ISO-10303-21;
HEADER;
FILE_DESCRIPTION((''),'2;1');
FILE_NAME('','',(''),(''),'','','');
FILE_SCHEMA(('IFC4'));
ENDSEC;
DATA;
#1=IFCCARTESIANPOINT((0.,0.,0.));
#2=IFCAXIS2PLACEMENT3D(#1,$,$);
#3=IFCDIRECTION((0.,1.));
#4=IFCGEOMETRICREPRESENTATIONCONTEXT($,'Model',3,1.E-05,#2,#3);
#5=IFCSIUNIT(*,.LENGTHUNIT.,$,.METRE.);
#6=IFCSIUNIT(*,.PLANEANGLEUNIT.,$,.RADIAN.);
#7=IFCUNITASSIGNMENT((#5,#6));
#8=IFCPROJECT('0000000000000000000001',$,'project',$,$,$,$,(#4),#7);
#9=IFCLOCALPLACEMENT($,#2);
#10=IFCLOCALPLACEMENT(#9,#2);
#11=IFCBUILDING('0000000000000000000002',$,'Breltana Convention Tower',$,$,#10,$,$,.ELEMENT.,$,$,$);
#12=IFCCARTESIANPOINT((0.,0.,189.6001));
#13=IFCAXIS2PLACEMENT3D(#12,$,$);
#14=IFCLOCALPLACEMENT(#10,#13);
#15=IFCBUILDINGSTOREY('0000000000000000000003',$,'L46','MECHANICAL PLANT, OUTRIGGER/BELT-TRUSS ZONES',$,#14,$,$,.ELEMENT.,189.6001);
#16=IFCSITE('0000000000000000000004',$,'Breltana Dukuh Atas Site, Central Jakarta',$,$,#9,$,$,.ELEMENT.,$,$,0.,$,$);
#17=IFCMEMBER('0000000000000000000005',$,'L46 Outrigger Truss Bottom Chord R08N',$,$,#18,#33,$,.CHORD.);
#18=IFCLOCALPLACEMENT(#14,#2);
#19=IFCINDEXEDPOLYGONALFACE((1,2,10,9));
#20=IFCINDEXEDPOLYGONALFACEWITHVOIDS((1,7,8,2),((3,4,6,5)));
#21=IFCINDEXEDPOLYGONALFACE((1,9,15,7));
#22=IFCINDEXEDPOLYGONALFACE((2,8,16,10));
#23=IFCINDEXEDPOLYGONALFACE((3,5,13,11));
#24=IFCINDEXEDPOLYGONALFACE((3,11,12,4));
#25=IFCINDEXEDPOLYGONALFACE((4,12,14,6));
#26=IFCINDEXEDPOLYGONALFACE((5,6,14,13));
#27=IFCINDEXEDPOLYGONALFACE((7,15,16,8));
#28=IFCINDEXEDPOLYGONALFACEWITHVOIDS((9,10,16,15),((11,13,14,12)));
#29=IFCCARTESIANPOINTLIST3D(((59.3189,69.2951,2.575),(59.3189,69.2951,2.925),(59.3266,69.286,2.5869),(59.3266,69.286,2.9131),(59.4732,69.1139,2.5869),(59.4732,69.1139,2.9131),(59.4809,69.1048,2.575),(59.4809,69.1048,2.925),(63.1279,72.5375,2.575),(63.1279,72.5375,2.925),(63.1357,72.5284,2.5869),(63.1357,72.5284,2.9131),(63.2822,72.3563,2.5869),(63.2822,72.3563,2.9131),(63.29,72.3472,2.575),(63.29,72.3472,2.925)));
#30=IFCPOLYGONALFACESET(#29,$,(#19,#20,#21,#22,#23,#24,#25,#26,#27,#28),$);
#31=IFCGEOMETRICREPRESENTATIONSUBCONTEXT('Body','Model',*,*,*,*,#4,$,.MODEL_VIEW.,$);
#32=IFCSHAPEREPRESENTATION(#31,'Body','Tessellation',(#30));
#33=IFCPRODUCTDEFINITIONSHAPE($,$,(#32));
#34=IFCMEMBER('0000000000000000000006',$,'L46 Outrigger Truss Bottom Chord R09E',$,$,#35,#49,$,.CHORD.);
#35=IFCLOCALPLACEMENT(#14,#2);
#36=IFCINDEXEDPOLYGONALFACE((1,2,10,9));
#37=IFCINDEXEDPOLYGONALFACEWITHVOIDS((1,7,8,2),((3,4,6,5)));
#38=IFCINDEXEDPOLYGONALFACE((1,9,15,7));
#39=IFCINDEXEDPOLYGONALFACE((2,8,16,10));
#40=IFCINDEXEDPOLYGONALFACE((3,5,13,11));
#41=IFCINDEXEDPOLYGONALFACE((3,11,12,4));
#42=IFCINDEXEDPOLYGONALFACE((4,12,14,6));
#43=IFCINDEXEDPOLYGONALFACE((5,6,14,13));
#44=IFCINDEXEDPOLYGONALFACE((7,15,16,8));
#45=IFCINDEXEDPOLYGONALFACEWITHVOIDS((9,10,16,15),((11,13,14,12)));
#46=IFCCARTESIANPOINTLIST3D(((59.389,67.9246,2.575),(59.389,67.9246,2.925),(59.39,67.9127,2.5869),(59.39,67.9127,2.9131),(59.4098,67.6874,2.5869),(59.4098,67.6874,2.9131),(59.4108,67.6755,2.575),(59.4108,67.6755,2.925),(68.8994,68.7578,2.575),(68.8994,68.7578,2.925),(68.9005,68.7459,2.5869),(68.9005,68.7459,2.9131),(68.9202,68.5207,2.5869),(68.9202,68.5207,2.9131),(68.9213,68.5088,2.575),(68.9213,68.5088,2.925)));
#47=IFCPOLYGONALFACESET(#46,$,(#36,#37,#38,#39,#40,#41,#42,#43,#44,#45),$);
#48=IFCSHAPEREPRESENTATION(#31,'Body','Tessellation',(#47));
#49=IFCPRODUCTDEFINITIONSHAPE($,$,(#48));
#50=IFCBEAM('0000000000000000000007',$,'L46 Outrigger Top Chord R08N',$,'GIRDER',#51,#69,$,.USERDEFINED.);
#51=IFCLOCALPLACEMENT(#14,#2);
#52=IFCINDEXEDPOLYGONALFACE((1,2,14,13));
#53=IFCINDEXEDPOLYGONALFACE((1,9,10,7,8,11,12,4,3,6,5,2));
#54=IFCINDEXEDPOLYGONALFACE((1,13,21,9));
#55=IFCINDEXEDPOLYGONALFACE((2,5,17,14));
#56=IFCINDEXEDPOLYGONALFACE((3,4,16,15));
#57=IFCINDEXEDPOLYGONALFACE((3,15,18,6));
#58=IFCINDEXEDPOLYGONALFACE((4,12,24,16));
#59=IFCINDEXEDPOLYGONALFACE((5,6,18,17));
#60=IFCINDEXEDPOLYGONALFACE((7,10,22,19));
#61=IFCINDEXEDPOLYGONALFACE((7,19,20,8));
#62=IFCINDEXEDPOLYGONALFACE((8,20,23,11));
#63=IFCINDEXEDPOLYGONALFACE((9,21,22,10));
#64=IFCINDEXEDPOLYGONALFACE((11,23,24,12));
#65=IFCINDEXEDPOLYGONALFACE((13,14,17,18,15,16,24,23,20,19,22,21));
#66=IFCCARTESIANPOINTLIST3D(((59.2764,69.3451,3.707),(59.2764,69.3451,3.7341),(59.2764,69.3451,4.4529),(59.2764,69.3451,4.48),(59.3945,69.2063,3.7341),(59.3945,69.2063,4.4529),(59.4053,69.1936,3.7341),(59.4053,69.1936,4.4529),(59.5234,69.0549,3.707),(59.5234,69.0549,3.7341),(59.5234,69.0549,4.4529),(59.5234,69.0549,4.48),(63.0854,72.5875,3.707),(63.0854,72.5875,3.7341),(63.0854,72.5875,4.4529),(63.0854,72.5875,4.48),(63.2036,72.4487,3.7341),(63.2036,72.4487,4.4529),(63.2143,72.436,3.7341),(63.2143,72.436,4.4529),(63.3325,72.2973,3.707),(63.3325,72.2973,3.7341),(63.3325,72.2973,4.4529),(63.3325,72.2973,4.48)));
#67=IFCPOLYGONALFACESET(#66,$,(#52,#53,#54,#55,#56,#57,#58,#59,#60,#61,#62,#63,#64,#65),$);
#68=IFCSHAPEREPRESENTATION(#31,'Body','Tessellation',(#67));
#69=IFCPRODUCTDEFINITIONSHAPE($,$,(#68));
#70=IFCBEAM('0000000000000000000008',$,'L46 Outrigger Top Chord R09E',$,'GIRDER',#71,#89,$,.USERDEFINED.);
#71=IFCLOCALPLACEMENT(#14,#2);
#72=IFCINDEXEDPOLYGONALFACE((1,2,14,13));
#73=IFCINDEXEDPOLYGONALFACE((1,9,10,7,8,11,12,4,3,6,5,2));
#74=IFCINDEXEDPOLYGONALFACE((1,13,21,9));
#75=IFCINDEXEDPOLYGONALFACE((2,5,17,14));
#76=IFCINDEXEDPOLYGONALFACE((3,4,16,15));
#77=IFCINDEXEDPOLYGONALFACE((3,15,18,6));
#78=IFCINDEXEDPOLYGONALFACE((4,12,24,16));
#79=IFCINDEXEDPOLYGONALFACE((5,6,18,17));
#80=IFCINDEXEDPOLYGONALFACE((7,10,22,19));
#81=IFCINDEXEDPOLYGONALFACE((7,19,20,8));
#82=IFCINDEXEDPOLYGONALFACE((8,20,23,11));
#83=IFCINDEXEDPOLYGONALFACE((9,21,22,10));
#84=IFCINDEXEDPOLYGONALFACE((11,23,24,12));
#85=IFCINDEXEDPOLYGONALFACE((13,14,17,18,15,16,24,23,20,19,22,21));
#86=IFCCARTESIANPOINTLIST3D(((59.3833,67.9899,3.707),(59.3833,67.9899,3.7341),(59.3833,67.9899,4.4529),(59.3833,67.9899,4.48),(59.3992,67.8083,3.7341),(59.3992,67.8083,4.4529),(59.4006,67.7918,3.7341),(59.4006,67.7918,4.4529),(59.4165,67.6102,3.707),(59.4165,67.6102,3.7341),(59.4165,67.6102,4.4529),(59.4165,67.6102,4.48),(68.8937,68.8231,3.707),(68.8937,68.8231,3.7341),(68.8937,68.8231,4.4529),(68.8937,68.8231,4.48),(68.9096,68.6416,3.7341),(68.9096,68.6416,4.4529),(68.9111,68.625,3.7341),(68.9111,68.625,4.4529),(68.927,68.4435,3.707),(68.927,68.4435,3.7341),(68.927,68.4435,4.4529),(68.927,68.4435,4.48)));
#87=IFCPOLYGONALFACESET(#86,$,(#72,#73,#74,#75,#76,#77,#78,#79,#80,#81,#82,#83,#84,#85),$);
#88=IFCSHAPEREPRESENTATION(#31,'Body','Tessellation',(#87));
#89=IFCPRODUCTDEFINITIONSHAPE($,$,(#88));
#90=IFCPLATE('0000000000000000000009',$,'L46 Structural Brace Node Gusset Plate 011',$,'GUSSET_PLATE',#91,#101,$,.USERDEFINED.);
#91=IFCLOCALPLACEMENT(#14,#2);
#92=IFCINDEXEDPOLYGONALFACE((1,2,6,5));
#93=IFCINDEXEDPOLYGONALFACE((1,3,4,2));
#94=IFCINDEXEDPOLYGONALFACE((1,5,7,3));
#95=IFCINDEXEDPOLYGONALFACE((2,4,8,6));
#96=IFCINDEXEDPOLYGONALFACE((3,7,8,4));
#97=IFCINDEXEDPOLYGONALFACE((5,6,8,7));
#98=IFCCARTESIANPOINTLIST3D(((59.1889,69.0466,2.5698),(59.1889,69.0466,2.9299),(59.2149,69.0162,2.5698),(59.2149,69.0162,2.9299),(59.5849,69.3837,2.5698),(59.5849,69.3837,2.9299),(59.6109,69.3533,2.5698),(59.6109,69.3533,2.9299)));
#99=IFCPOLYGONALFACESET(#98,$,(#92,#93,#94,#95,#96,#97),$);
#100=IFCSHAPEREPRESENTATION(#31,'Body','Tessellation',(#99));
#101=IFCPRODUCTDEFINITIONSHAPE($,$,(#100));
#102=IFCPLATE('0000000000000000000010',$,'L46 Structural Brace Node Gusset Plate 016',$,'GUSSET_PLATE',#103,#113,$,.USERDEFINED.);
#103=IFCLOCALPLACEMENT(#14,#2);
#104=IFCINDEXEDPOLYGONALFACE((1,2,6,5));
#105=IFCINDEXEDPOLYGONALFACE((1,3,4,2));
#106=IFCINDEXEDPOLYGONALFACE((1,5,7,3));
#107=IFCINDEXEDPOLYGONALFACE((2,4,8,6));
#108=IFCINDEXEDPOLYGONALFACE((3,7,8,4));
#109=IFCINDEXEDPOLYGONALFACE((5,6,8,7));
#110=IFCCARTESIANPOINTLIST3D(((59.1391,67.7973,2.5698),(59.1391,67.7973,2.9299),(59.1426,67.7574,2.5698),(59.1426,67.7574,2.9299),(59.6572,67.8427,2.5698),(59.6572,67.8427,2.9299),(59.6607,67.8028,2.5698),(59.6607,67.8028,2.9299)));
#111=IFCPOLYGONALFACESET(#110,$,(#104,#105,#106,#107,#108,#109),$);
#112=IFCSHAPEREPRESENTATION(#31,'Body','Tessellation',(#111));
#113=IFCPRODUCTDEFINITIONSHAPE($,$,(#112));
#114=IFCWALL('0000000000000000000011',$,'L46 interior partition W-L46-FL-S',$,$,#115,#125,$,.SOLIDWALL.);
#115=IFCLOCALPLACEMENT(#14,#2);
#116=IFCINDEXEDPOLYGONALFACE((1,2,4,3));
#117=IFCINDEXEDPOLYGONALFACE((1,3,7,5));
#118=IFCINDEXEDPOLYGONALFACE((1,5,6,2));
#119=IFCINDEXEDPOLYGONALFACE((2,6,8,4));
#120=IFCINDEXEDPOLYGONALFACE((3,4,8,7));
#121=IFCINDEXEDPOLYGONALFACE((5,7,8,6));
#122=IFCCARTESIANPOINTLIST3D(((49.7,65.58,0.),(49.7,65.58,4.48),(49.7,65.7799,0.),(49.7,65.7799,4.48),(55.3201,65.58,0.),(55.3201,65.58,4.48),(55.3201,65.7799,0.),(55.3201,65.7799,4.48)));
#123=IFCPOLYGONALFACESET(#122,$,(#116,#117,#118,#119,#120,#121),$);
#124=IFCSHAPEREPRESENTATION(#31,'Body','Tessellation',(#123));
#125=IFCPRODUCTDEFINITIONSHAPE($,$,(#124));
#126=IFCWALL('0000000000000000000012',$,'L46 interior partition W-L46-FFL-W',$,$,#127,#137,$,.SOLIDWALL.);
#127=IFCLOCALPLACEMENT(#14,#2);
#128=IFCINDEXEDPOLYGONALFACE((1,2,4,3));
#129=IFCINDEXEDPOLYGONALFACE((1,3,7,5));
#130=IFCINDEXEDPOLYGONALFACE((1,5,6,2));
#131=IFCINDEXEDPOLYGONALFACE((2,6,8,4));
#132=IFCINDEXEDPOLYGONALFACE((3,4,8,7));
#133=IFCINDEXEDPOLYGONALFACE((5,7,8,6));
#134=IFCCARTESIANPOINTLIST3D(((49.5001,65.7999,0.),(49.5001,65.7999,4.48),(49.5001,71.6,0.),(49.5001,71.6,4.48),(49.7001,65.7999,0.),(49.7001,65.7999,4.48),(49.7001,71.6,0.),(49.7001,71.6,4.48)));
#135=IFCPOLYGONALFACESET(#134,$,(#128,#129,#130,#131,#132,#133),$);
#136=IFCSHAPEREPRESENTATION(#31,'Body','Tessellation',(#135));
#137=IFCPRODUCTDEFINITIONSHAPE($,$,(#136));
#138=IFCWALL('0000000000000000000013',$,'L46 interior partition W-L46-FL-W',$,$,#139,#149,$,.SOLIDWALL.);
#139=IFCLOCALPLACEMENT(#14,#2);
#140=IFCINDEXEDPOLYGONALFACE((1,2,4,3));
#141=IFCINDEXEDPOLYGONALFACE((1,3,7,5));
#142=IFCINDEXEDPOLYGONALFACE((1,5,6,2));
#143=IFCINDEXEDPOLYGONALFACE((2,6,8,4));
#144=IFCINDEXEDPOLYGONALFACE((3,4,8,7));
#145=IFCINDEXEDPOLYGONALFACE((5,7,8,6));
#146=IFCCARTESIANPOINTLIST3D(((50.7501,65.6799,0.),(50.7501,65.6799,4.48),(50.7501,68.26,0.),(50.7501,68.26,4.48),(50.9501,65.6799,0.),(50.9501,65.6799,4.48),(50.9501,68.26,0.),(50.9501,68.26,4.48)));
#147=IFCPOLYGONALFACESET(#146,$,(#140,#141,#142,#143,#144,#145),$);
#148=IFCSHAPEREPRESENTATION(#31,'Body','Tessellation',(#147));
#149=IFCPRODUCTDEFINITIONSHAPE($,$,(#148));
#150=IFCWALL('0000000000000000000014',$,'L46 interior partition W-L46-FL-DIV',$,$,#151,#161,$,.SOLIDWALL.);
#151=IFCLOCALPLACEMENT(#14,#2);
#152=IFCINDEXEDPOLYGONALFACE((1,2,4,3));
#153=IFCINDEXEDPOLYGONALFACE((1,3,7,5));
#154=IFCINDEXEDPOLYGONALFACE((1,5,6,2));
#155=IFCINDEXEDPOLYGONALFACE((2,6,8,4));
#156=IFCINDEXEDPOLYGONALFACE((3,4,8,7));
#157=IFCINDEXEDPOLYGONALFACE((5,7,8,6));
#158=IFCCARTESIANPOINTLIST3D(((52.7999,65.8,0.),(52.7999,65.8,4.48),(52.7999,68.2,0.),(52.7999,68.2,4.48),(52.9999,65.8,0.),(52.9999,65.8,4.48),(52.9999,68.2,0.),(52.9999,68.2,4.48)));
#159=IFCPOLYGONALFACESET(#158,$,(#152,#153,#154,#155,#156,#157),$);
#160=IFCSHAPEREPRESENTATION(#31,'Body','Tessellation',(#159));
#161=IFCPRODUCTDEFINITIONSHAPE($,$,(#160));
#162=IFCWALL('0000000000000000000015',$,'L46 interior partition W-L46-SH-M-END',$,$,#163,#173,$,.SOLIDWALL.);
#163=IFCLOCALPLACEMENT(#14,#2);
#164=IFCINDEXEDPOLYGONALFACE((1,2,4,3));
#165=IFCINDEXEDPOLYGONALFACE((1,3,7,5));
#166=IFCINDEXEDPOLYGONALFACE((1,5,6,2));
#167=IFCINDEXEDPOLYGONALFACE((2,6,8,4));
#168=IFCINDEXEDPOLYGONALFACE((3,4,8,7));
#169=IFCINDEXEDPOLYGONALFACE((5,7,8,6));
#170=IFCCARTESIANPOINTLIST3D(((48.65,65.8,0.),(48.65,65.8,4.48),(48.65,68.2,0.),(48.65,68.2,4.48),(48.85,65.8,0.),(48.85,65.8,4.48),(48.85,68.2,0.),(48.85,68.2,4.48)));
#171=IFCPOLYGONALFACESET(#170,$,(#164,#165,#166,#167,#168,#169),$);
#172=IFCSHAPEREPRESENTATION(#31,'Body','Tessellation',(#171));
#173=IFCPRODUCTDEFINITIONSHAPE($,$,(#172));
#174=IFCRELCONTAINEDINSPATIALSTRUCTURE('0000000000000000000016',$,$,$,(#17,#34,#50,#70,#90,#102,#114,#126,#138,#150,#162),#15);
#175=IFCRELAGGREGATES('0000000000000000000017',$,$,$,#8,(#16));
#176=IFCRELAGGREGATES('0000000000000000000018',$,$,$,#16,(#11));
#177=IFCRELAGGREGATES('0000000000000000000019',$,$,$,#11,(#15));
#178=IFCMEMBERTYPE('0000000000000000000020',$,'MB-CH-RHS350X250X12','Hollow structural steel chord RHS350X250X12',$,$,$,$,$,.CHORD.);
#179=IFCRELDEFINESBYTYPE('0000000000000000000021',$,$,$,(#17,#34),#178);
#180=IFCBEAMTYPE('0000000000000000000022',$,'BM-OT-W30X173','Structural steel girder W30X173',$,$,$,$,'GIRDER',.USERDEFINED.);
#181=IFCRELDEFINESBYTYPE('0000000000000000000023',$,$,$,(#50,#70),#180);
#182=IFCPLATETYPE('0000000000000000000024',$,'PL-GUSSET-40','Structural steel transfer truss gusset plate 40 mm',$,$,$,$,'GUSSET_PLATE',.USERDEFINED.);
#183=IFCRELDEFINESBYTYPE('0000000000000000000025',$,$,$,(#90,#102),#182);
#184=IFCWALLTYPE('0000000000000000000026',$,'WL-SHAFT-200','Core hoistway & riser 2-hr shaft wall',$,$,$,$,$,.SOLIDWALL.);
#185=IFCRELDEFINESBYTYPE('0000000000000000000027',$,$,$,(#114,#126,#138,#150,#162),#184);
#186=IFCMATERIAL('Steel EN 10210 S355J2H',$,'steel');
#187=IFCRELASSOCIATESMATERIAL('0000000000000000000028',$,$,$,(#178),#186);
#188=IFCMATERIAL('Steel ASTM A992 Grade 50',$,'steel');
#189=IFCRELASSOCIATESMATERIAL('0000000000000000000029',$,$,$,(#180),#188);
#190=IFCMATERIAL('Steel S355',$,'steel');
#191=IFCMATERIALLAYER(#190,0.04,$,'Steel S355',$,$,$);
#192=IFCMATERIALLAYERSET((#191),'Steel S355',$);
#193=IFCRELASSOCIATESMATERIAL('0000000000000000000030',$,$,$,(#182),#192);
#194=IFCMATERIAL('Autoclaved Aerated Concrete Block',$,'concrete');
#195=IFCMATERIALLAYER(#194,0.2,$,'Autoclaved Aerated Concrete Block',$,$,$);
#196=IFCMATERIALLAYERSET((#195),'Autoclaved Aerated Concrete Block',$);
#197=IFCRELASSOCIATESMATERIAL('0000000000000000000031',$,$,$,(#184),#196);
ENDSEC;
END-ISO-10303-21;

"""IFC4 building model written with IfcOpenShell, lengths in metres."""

from ifc_helpers import new_model, si_unit, direction, frame, frame_2d, origin, origin_2d, place, context, subcontext, project, spatial, rectangle, hollow_rectangle, i_section, extrude, source, transform, mapped, material, layer, layer_set, material_profile, profile_set, type_object, element, save


model = new_model("IFC4")

# Units and contexts
model_context = context("Model", 3, precision=1e-05, world=origin(), true_north=direction((0.0, 1.0)))
body_context = subcontext(model_context, "Body", "Model", "MODEL_VIEW")
ifc_project = project(units=[si_unit("LENGTHUNIT", "METRE"), si_unit("PLANEANGLEUNIT", "RADIAN")], contexts=[model_context])

# Site, building, storey
site_placement = place(None, origin())
site = spatial("IfcSite", under=ifc_project, at=site_placement, Name="Breltana Dukuh Atas Site, Central Jakarta", CompositionType="ELEMENT", RefElevation=0.0)
building_placement = place(site_placement, origin())
building = spatial("IfcBuilding", under=site, at=building_placement, Name="Breltana Convention Tower", CompositionType="ELEMENT")
storey_placement = place(building_placement, frame((0.0, 0.0, 189.6001)))
storey = spatial("IfcBuildingStorey", under=building, at=storey_placement, Name="L46", Description="MECHANICAL PLANT, OUTRIGGER/BELT-TRUSS ZONES", CompositionType="ELEMENT", Elevation=189.6001)

# Members
ifc_material_1 = material(Name="Steel EN 10210 S355J2H", Category="steel")
ifc_material_profile_1 = material_profile(ifc_material_1, hollow_rectangle(XDim=0.25, YDim=0.3501, WallThickness=0.012, at=origin_2d()), Name="RHS350X250X12")
ifc_profile_set_1 = profile_set([ifc_material_profile_1], Name="Steel EN 10210 S355J2H")
member_type = type_object("IfcMemberType", Name="MB-CH-RHS350X250X12", Description="Hollow structural steel chord RHS350X250X12", PredefinedType="CHORD", material=ifc_profile_set_1)
shared_shape_1 = source(origin(), body_context, "Body", "SweptSolid", [
    extrude(hollow_rectangle(XDim=0.25, YDim=0.3501, WallThickness=0.012, at=origin_2d()), origin(), (0.0, 0.0, 1.0), 5.0022),
])
member_1_placement = place(storey_placement, frame((59.3999, 69.2, 2.75), z_axis=(0.761474, 0.648195, 0.0), x_axis=(-0.648195, 0.761474, 0.0)))
element("IfcMember", 1, at=member_1_placement, inside=storey, type_object=member_type, Name="L46 Outrigger Truss Bottom Chord R08N", PredefinedType="CHORD", context=body_context, shape_type="MappedRepresentation", body=[
    mapped(shared_shape_1, transform((0.0, 0.0, 0.0), scale=1.0)),
])
shared_shape_2 = source(origin(), body_context, "Body", "SweptSolid", [
    extrude(hollow_rectangle(XDim=0.25, YDim=0.3501, WallThickness=0.012, at=origin_2d()), origin(), (0.0, 0.0, 1.0), 9.5469),
])
member_2_placement = place(storey_placement, frame((59.3999, 67.8, 2.75), z_axis=(0.996184, 0.08728, 0.0), x_axis=(-0.08728, 0.996184, 0.0)))
element("IfcMember", 2, at=member_2_placement, inside=storey, type_object=member_type, Name="L46 Outrigger Truss Bottom Chord R09E", PredefinedType="CHORD", context=body_context, shape_type="MappedRepresentation", body=[
    mapped(shared_shape_2, transform((0.0, 0.0, 0.0), scale=1.0)),
])

# Beams
ifc_material_2 = material(Name="Steel ASTM A992 Grade 50", Category="steel")
ifc_material_profile_2 = material_profile(ifc_material_2, i_section(OverallWidth=0.3811, OverallDepth=0.7729, WebThickness=0.0166, FlangeThickness=0.0271, at=origin_2d()), Name="W30X173")
ifc_profile_set_2 = profile_set([ifc_material_profile_2], Name="Steel ASTM A992 Grade 50")
beam_type = type_object("IfcBeamType", Name="BM-OT-W30X173", Description="Structural steel girder W30X173", ElementType="GIRDER", PredefinedType="USERDEFINED", material=ifc_profile_set_2)
shared_shape_3 = source(origin(), body_context, "Body", "SweptSolid", [
    extrude(i_section(OverallWidth=0.3811, OverallDepth=0.7729, WebThickness=0.0166, FlangeThickness=0.0271, at=origin_2d()), origin(), (0.0, 0.0, 1.0), 5.0022),
])
beam_1_placement = place(storey_placement, frame((59.3999, 69.2, 4.0935), z_axis=(0.761474, 0.648195, 0.0), x_axis=(-0.648195, 0.761474, 0.0)))
element("IfcBeam", 3, at=beam_1_placement, inside=storey, type_object=beam_type, Name="L46 Outrigger Top Chord R08N", ObjectType="GIRDER", PredefinedType="USERDEFINED", context=body_context, shape_type="MappedRepresentation", body=[
    mapped(shared_shape_3, transform((0.0, 0.0, 0.0), scale=1.0)),
])
shared_shape_4 = source(origin(), body_context, "Body", "SweptSolid", [
    extrude(i_section(OverallWidth=0.3811, OverallDepth=0.7729, WebThickness=0.0166, FlangeThickness=0.0271, at=origin_2d()), origin(), (0.0, 0.0, 1.0), 9.5469),
])
beam_2_placement = place(storey_placement, frame((59.3999, 67.8, 4.0935), z_axis=(0.996184, 0.08728, 0.0), x_axis=(-0.08728, 0.996184, 0.0)))
element("IfcBeam", 4, at=beam_2_placement, inside=storey, type_object=beam_type, Name="L46 Outrigger Top Chord R09E", ObjectType="GIRDER", PredefinedType="USERDEFINED", context=body_context, shape_type="MappedRepresentation", body=[
    mapped(shared_shape_4, transform((0.0, 0.0, 0.0), scale=1.0)),
])

# Plates
ifc_material_3 = material(Name="Steel S355", Category="steel")
ifc_layer_1 = layer(ifc_material_3, 0.04, Name="Steel S355")
ifc_layer_set_1 = layer_set([ifc_layer_1], Name="Steel S355")
plate_type = type_object("IfcPlateType", Name="PL-GUSSET-40", Description="Structural steel transfer truss gusset plate 40 mm", ElementType="GUSSET_PLATE", PredefinedType="USERDEFINED", material=ifc_layer_set_1)
shared_shape_5 = source(origin(), body_context, "Body", "SweptSolid", [
    extrude(rectangle(XDim=0.52, YDim=0.04, at=origin_2d()), origin(), (0.0, 0.0, 1.0), 0.3601),
])
for number, where, z_axis, x_axis, name in (
    (5, (59.3999, 69.2, 2.5698), (0.0, 0.0, 1.0), (0.761425, 0.648253, 0.0), "L46 Structural Brace Node Gusset Plate 011"),
    (6, (59.3999, 67.8, 2.5698), (0.0, 0.0, 1.0), (0.996179, 0.08733, 0.0), "L46 Structural Brace Node Gusset Plate 016"),
):
    element("IfcPlate", number, at=place(storey_placement, frame(where, z_axis=z_axis, x_axis=x_axis)), inside=storey, type_object=plate_type, Name=name, ObjectType="GUSSET_PLATE", PredefinedType="USERDEFINED", context=body_context, shape_type="MappedRepresentation", body=[
        mapped(shared_shape_5, transform((0.0, 0.0, 0.0), scale=1.0)),
    ])

# Shared definitions
ifc_material_4 = material(Name="Autoclaved Aerated Concrete Block", Category="concrete")
ifc_layer_2 = layer(ifc_material_4, 0.2, Name="Autoclaved Aerated Concrete Block")
ifc_layer_set_2 = layer_set([ifc_layer_2], Name="Autoclaved Aerated Concrete Block")
wall_type_1 = type_object("IfcWallType", Name="WL-SHAFT-200", Description="Core hoistway & riser 2-hr shaft wall", PredefinedType="SOLIDWALL", material=ifc_layer_set_2)
shared_shape_6 = source(origin(), body_context, "Body", "SweptSolid", [
    extrude(rectangle(XDim=5.6201, YDim=0.2, at=frame_2d((2.8101, 0.0))), origin(), (0.0, 0.0, 1.0), 4.48),
])

# Walls
wall_1_placement = place(storey_placement, frame((49.7, 65.6799, 0.0), z_axis=(0.0, 0.0, 1.0), x_axis=(1.0, 0.0, 0.0)))
element("IfcWall", 7, at=wall_1_placement, inside=storey, type_object=wall_type_1, Name="L46 interior partition W-L46-FL-S", PredefinedType="SOLIDWALL", context=body_context, shape_type="MappedRepresentation", body=[
    mapped(shared_shape_6, transform((0.0, 0.0, 0.0), scale=1.0)),
])
shared_shape_7 = source(origin(), body_context, "Body", "SweptSolid", [
    extrude(rectangle(XDim=5.8, YDim=0.2, at=frame_2d((2.8999, 0.0))), origin(), (0.0, 0.0, 1.0), 4.48),
])
wall_2_placement = place(storey_placement, frame((49.6001, 65.8, 0.0), z_axis=(0.0, 0.0, 1.0), x_axis=(0.0, 1.0, 0.0)))
element("IfcWall", 8, at=wall_2_placement, inside=storey, type_object=wall_type_1, Name="L46 interior partition W-L46-FFL-W", PredefinedType="SOLIDWALL", context=body_context, shape_type="MappedRepresentation", body=[
    mapped(shared_shape_7, transform((0.0, 0.0, 0.0), scale=1.0)),
])
shared_shape_8 = source(origin(), body_context, "Body", "SweptSolid", [
    extrude(rectangle(XDim=2.5801, YDim=0.2, at=frame_2d((1.29, 0.0))), origin(), (0.0, 0.0, 1.0), 4.48),
])
wall_3_placement = place(storey_placement, frame((50.8501, 65.6799, 0.0), z_axis=(0.0, 0.0, 1.0), x_axis=(0.0, 1.0, 0.0)))
element("IfcWall", 9, at=wall_3_placement, inside=storey, type_object=wall_type_1, Name="L46 interior partition W-L46-FL-W", PredefinedType="SOLIDWALL", context=body_context, shape_type="MappedRepresentation", body=[
    mapped(shared_shape_8, transform((0.0, 0.0, 0.0), scale=1.0)),
])
shared_shape_9 = source(origin(), body_context, "Body", "SweptSolid", [
    extrude(rectangle(XDim=2.3999, YDim=0.2, at=frame_2d((1.2, 0.0))), origin(), (0.0, 0.0, 1.0), 4.48),
])
for number, where, z_axis, x_axis, name in (
    (10, (52.8999, 65.8, 0.0), (0.0, 0.0, 1.0), (0.0, 1.0, 0.0), "L46 interior partition W-L46-FL-DIV"),
    (11, (48.75, 65.8, 0.0), (0.0, 0.0, 1.0), (0.0, 1.0, 0.0), "L46 interior partition W-L46-SH-M-END"),
):
    element("IfcWall", number, at=place(storey_placement, frame(where, z_axis=z_axis, x_axis=x_axis)), inside=storey, type_object=wall_type_1, Name=name, PredefinedType="SOLIDWALL", context=body_context, shape_type="MappedRepresentation", body=[
        mapped(shared_shape_9, transform((0.0, 0.0, 0.0), scale=1.0)),
    ])

save(model, "model.ifc")
